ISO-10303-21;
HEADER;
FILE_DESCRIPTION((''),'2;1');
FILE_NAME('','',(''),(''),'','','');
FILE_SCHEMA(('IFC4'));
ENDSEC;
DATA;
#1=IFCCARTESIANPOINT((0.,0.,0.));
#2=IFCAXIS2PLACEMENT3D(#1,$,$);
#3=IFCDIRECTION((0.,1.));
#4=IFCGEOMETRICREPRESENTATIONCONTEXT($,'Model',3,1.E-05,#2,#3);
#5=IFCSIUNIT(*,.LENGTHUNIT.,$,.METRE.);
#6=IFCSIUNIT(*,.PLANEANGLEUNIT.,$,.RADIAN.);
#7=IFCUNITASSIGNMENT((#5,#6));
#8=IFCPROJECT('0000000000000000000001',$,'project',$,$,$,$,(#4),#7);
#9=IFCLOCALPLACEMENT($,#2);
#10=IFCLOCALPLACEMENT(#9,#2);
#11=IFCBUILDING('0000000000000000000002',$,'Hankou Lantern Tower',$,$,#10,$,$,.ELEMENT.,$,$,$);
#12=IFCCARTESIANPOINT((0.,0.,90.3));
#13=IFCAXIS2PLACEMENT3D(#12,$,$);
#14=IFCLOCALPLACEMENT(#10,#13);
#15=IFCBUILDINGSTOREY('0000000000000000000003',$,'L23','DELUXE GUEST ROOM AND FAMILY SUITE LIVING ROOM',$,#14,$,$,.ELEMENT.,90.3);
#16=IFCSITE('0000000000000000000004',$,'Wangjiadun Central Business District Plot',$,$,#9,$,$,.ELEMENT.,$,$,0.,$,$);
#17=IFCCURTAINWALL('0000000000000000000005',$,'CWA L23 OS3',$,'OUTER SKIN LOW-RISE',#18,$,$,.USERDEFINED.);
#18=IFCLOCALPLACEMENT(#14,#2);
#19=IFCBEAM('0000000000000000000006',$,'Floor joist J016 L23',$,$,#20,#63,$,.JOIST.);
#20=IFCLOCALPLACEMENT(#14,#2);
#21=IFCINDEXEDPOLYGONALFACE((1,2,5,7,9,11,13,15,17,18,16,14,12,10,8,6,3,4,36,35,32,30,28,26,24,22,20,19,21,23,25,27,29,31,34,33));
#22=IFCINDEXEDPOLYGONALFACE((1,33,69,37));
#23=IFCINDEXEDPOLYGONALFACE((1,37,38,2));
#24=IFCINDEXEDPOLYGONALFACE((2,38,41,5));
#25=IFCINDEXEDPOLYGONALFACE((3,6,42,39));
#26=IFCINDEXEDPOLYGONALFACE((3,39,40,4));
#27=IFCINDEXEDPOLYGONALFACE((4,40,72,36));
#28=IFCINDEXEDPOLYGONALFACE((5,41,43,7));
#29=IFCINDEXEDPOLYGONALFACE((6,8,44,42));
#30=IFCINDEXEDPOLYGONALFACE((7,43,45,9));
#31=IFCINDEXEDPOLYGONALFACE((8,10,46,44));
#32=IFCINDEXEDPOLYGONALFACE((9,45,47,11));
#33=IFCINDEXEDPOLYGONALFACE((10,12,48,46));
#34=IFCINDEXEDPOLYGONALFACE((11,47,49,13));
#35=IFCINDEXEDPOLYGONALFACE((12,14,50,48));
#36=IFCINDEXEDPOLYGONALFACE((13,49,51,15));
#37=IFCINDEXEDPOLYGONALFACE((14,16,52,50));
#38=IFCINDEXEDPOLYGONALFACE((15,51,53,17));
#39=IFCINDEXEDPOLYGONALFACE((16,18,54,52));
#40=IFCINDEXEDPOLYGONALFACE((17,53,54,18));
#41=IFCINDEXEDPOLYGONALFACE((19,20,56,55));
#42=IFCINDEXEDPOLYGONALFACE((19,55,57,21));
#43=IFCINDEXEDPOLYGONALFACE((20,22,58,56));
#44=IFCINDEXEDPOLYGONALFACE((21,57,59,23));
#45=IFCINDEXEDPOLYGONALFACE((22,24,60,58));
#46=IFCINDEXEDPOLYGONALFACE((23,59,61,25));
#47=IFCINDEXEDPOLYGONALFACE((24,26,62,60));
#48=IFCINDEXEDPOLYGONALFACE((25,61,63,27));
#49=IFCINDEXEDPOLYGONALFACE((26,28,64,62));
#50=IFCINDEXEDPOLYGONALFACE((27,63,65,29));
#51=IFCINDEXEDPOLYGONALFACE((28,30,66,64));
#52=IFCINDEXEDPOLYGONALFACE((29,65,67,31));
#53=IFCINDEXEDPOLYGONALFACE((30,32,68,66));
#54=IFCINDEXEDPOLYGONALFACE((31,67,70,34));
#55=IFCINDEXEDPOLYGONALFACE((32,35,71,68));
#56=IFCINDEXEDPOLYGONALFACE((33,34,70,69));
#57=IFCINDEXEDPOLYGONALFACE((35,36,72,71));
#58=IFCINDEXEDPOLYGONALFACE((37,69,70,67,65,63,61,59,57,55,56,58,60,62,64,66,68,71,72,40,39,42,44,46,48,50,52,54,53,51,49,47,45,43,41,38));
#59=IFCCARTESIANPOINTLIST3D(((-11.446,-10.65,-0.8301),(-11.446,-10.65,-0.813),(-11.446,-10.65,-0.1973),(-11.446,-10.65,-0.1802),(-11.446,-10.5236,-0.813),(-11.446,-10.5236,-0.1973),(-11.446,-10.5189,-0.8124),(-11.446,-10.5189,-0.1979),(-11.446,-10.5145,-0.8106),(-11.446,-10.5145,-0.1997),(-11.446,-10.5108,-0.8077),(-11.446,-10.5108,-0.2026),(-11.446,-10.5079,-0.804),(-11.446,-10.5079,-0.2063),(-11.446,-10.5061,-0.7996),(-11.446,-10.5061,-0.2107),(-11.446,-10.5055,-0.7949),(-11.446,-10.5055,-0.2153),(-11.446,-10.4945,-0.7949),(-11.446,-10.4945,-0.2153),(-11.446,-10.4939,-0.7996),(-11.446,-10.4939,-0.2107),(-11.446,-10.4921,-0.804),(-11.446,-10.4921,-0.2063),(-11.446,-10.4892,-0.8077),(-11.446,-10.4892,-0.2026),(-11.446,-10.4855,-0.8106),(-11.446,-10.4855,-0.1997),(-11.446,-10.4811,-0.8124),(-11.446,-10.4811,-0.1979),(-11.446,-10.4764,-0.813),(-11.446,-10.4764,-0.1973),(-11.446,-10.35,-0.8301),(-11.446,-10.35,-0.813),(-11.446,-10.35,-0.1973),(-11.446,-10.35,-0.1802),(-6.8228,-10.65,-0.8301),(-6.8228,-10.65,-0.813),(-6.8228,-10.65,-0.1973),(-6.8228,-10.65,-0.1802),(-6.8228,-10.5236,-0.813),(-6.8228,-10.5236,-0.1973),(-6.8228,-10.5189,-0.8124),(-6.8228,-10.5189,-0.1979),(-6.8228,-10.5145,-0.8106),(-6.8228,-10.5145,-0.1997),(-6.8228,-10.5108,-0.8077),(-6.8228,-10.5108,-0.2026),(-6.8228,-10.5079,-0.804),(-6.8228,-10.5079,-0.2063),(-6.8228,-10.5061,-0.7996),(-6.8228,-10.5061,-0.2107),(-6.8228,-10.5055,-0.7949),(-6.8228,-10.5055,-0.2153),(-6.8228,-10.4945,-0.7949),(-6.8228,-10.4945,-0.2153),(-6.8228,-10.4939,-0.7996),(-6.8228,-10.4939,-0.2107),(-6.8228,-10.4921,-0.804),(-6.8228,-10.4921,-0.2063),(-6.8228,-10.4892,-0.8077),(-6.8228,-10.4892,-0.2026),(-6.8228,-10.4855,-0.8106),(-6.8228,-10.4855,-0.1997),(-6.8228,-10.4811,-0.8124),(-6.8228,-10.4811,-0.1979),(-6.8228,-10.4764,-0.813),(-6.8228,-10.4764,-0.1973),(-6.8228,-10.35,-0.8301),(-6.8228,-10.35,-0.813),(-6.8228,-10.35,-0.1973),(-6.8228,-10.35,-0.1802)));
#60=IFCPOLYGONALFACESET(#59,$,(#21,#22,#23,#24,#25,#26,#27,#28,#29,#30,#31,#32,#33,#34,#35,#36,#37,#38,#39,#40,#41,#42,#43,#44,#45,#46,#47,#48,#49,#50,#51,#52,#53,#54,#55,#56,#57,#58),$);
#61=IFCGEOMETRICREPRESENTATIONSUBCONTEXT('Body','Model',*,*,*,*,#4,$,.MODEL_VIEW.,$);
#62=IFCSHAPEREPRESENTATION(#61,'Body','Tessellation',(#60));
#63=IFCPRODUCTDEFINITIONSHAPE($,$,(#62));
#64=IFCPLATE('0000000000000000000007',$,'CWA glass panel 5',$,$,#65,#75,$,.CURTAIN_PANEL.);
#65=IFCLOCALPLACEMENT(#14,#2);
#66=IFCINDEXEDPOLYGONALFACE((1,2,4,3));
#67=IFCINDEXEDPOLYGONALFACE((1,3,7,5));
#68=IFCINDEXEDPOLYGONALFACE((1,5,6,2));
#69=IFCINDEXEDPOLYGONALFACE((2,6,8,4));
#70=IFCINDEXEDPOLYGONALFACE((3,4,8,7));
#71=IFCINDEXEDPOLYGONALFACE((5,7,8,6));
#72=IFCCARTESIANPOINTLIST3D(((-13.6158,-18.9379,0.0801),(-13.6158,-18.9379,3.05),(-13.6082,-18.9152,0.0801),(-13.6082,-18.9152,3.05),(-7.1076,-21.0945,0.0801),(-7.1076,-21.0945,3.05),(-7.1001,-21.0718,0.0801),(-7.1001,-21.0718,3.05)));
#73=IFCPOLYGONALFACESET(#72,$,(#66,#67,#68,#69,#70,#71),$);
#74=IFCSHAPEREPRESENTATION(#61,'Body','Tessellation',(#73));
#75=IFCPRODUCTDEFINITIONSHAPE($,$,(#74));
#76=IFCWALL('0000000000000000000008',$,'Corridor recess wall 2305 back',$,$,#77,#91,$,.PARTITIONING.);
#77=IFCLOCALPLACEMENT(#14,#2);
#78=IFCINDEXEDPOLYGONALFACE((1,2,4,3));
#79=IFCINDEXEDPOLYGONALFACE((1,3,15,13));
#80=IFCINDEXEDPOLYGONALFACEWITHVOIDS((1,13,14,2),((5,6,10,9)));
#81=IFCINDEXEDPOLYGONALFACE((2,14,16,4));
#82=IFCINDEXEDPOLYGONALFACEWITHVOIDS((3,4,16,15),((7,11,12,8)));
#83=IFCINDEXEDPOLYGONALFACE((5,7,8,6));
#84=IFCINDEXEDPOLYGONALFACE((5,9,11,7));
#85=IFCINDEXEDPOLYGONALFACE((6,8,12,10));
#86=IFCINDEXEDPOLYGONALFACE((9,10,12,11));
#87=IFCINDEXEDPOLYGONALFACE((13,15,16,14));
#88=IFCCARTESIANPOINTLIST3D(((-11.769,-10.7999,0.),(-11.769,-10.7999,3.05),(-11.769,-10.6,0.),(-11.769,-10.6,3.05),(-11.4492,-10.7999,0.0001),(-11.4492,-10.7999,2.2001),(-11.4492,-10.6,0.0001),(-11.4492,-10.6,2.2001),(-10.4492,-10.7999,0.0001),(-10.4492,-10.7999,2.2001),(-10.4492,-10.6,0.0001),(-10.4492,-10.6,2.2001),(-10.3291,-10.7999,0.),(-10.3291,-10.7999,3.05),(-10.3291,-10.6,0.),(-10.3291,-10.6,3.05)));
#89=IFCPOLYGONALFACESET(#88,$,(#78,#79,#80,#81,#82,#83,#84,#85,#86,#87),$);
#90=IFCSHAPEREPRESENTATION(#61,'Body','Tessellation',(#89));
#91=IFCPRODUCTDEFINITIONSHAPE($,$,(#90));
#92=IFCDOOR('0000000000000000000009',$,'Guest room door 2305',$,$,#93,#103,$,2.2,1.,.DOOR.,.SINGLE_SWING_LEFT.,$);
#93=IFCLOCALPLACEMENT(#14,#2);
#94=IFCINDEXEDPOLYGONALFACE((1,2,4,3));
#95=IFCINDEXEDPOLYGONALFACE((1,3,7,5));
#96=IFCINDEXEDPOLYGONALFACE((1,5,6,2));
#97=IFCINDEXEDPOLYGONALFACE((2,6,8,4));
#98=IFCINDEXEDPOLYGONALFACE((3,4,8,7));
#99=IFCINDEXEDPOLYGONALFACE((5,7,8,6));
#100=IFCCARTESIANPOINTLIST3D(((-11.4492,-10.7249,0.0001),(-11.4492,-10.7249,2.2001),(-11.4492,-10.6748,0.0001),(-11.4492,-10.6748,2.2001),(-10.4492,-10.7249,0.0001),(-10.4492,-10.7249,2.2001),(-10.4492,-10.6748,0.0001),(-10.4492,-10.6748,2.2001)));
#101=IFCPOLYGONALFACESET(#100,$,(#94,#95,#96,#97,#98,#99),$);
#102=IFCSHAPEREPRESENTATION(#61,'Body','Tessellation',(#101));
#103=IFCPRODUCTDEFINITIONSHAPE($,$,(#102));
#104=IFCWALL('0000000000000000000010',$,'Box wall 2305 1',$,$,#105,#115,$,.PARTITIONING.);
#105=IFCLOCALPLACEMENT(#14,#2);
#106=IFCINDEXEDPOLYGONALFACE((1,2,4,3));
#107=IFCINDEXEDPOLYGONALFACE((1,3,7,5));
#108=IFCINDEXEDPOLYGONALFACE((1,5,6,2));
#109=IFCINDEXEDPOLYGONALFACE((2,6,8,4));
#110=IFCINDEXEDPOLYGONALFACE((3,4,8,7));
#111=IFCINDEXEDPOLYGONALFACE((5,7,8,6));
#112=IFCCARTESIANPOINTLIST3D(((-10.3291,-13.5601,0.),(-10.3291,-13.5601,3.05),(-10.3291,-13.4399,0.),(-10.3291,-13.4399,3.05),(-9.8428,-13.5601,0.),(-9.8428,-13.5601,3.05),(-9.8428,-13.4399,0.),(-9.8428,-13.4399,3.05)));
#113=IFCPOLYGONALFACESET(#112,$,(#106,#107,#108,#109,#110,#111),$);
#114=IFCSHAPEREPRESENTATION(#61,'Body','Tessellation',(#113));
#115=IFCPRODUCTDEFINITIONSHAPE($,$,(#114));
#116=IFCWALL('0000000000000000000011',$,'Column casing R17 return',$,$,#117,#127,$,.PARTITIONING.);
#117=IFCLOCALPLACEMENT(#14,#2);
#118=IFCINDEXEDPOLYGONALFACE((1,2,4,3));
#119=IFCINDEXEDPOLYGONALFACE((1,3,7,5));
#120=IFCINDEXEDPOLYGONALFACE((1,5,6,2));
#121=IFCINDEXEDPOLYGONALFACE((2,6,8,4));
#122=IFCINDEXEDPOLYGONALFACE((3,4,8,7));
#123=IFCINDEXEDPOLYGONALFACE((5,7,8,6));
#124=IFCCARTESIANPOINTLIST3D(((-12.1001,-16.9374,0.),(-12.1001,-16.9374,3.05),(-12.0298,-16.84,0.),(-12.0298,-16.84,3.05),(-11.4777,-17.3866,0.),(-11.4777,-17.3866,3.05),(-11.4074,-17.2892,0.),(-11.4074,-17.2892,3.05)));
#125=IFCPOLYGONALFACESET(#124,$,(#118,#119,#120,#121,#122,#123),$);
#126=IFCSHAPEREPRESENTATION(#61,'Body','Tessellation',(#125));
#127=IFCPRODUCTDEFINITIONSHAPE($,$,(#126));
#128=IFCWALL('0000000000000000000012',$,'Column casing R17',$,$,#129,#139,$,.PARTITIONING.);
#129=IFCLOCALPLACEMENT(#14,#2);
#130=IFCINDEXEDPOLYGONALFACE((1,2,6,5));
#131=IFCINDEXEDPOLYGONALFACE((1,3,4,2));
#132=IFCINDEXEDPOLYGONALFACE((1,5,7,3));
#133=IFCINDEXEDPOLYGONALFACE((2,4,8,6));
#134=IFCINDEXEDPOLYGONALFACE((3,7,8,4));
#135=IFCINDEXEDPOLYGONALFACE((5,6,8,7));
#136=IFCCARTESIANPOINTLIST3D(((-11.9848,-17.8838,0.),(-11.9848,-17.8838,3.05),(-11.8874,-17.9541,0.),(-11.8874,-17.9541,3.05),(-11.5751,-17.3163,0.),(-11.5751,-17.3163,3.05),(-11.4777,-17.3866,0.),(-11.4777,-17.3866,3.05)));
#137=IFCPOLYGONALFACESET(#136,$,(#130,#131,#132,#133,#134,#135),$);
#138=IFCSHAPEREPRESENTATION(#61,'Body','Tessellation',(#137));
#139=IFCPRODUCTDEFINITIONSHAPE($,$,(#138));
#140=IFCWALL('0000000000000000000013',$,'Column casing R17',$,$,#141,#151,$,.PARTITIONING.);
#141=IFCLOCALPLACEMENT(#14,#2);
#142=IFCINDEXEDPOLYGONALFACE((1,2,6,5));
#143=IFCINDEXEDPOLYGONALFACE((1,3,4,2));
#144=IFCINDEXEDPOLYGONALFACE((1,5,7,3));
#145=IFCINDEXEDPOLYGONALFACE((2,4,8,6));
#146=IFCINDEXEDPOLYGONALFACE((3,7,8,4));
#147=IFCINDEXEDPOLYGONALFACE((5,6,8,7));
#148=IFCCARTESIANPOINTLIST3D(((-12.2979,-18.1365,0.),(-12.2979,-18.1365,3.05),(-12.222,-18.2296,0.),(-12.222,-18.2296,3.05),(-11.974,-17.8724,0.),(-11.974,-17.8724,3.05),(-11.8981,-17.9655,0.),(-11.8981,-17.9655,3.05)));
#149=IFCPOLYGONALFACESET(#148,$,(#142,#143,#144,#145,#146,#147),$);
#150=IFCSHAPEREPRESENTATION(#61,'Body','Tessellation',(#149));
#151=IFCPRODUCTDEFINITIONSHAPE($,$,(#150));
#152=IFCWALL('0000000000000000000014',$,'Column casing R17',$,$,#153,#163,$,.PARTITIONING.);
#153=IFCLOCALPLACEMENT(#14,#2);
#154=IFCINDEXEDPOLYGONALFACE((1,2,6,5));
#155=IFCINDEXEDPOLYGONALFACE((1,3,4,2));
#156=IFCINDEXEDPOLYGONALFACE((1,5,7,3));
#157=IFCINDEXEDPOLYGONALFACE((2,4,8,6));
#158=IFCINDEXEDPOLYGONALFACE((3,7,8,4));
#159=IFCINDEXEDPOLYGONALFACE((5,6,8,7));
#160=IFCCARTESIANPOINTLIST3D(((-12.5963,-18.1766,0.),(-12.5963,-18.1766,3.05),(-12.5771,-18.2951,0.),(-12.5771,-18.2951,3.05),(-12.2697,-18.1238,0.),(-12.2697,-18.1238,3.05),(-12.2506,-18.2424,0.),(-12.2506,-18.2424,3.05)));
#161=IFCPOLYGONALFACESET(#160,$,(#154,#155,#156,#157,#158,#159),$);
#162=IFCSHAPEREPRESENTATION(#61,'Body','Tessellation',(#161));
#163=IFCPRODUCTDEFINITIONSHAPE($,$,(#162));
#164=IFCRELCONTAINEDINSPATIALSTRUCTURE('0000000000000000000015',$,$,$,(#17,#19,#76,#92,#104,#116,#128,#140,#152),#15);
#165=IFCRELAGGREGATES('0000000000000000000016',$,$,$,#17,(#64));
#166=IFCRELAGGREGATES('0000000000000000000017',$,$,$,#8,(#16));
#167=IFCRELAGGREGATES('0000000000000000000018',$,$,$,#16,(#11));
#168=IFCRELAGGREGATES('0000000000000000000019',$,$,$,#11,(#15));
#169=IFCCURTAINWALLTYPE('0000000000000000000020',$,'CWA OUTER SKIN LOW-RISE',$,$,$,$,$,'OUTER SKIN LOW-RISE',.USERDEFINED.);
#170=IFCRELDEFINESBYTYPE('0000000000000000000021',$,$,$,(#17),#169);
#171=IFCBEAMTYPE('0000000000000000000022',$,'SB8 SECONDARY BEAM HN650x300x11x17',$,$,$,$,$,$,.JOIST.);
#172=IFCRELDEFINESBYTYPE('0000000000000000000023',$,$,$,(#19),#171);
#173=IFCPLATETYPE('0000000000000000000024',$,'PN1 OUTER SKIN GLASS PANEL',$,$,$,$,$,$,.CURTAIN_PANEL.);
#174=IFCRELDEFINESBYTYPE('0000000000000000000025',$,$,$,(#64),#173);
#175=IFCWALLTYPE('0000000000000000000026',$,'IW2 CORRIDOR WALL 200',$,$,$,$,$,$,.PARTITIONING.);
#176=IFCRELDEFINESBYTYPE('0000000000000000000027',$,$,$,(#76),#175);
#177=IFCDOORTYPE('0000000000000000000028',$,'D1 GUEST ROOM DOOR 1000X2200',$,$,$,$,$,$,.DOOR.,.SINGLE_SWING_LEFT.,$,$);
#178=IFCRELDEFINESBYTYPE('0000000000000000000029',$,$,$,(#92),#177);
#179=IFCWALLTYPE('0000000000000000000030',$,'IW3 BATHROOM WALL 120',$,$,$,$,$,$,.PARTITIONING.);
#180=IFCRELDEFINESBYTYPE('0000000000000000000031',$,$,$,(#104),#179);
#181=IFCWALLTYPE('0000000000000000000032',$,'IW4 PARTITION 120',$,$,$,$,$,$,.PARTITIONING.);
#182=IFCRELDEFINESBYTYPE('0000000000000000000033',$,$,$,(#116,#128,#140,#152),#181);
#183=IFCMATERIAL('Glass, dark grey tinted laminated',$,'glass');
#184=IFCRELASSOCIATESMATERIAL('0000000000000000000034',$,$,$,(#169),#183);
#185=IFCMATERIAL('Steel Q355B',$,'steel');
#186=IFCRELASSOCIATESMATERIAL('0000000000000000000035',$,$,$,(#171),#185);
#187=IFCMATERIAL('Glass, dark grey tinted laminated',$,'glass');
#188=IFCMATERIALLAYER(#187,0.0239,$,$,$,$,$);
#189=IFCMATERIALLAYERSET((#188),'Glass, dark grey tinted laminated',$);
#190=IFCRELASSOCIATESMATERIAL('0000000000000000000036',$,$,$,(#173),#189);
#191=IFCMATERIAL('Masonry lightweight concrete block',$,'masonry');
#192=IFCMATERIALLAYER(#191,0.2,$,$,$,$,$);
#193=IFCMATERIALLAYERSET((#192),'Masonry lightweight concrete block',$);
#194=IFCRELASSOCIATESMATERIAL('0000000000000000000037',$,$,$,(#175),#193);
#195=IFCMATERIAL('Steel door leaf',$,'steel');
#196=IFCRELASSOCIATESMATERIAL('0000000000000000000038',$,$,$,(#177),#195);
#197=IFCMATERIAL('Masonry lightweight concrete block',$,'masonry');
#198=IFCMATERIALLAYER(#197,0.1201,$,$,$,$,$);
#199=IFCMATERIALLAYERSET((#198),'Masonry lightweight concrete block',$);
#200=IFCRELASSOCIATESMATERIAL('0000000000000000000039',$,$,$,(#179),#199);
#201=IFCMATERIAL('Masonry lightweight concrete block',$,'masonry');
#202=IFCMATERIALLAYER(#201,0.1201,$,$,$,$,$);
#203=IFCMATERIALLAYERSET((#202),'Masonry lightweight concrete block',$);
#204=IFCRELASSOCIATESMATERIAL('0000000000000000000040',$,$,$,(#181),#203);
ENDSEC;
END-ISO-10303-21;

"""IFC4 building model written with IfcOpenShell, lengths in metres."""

from ifc_helpers import new_model, si_unit, direction, frame, frame_2d, origin, origin_2d, place, context, subcontext, project, spatial, rectangle, i_section, extrude, material, layer, layer_set, material_profile, profile_set, type_object, element, fill, aggregate, save


model = new_model("IFC4")

# Units and contexts
model_context = context("Model", 3, precision=1e-05, world=origin(), true_north=direction((0.0, 1.0)))
body_context = subcontext(model_context, "Body", "Model", "MODEL_VIEW")
ifc_project = project(units=[si_unit("LENGTHUNIT", "METRE"), si_unit("PLANEANGLEUNIT", "RADIAN")], contexts=[model_context])

# Site, building, storey
site_placement = place(None, origin())
site = spatial("IfcSite", under=ifc_project, at=site_placement, Name="Wangjiadun Central Business District Plot", CompositionType="ELEMENT", RefElevation=0.0)
building_placement = place(site_placement, origin())
building = spatial("IfcBuilding", under=site, at=building_placement, Name="Hankou Lantern Tower", CompositionType="ELEMENT")
storey_placement = place(building_placement, frame((0.0, 0.0, 90.3)))
storey = spatial("IfcBuildingStorey", under=building, at=storey_placement, Name="L23", Description="DELUXE GUEST ROOM AND FAMILY SUITE LIVING ROOM", CompositionType="ELEMENT", Elevation=90.3)

# Curtain wall
ifc_material_1 = material(Name="Glass, dark grey tinted laminated", Category="glass")
curtain_wall_type = type_object("IfcCurtainWallType", Name="CWA OUTER SKIN LOW-RISE", ElementType="OUTER SKIN LOW-RISE", PredefinedType="USERDEFINED", material=ifc_material_1)
curtain_wall_placement = place(storey_placement, origin())
curtain_wall = element("IfcCurtainWall", 1, at=curtain_wall_placement, inside=storey, type_object=curtain_wall_type, Name="CWA L23 OS3", ObjectType="OUTER SKIN LOW-RISE", PredefinedType="USERDEFINED")

# Beam
ifc_material_2 = material(Name="Steel Q355B", Category="steel")
ifc_material_profile_1 = material_profile(ifc_material_2, i_section(OverallWidth=0.3, OverallDepth=0.6499, WebThickness=0.011, FlangeThickness=0.0171, FilletRadius=0.0181, at=origin_2d()), Name="HN650x300x11x17")
ifc_profile_set_1 = profile_set([ifc_material_profile_1], Name="Steel Q355B")
beam_type_1 = type_object("IfcBeamType", Name="SB8 SECONDARY BEAM HN650x300x11x17", PredefinedType="JOIST", material=ifc_profile_set_1)
beam_1_placement = place(storey_placement, frame((-11.446, -10.5, -0.5051), z_axis=(1.0, 0.0, 0.0), x_axis=(0.0, 1.0, 0.0)))
element("IfcBeam", 2, at=beam_1_placement, inside=storey, type_object=beam_type_1, Name="Floor joist J016 L23", PredefinedType="JOIST", context=body_context, shape_type="SweptSolid", body=[
    extrude(i_section(OverallWidth=0.3, OverallDepth=0.6499, WebThickness=0.011, FlangeThickness=0.0171, FilletRadius=0.0181, at=origin_2d()), origin(), (0.0, 0.0, 1.0), 4.6233),
])

# Plate
ifc_material_3 = material(Name="Glass, dark grey tinted laminated", Category="glass")
ifc_layer_1 = layer(ifc_material_3, 0.0239)
ifc_layer_set_1 = layer_set([ifc_layer_1], Name="Glass, dark grey tinted laminated")
plate_type = type_object("IfcPlateType", Name="PN1 OUTER SKIN GLASS PANEL", PredefinedType="CURTAIN_PANEL", material=ifc_layer_set_1)
plate_placement = place(storey_placement, frame((-10.3579, -20.0049, 0.0801), z_axis=(0.0, 0.0, 1.0), x_axis=(0.949241, -0.314551, 0.0)))
plate = element("IfcPlate", 3, at=plate_placement, type_object=plate_type, Name="CWA glass panel 5", PredefinedType="CURTAIN_PANEL", context=body_context, shape_type="SweptSolid", body=[
    extrude(rectangle(XDim=6.8562, YDim=0.0239, at=origin_2d()), origin(), (0.0, 0.0, 1.0), 2.97),
])
aggregate(curtain_wall, [plate])

# Wall, opening, door
ifc_material_4 = material(Name="Masonry lightweight concrete block", Category="masonry")
ifc_layer_2 = layer(ifc_material_4, 0.2)
ifc_layer_set_2 = layer_set([ifc_layer_2], Name="Masonry lightweight concrete block")
wall_type_1 = type_object("IfcWallType", Name="IW2 CORRIDOR WALL 200", PredefinedType="PARTITIONING", material=ifc_layer_set_2)
wall_1_placement = place(storey_placement, frame((-10.3291, -10.7, 0.0), z_axis=(0.0, 0.0, 1.0), x_axis=(-1.0, 0.0, 0.0)))
wall_1 = element("IfcWall", 4, at=wall_1_placement, inside=storey, type_object=wall_type_1, Name="Corridor recess wall 2305 back", PredefinedType="PARTITIONING", context=body_context, shape_type="SweptSolid", body=[
    extrude(rectangle(XDim=1.4399, YDim=0.2, at=frame_2d((0.72, 0.0))), origin(), (0.0, 0.0, 1.0), 3.05),
])
opening_1_placement = place(wall_1_placement, frame((0.1201, 0.0, 0.0)))
opening_1 = element("IfcOpeningElement", 5, at=opening_1_placement, cuts=wall_1, PredefinedType="OPENING", context=body_context, shape_type="SweptSolid", body=[
    extrude(rectangle(XDim=1.0, YDim=2.2, at=frame_2d((0.5, 1.1001))), frame((0.0, 0.1099, 0.0), z_axis=(0.0, -1.0, 0.0), x_axis=(1.0, 0.0, 0.0)), (0.0, 0.0, 1.0), 0.22),
])
ifc_material_5 = material(Name="Steel door leaf", Category="steel")
door_type_1 = type_object("IfcDoorType", Name="D1 GUEST ROOM DOOR 1000X2200", OperationType="SINGLE_SWING_LEFT", PredefinedType="DOOR", material=ifc_material_5)
door_1_placement = place(opening_1_placement, origin())
door_1 = element("IfcDoor", 6, at=door_1_placement, inside=storey, type_object=door_type_1, Name="Guest room door 2305", OperationType="SINGLE_SWING_LEFT", OverallHeight=2.2, OverallWidth=1.0, PredefinedType="DOOR", context=body_context, shape_type="SweptSolid", body=[
    extrude(rectangle(XDim=1.0, YDim=2.2, at=frame_2d((0.5, 1.1001))), frame((0.0, 0.0249, 0.0), z_axis=(0.0, -1.0, 0.0), x_axis=(1.0, 0.0, 0.0)), (0.0, 0.0, 1.0), 0.05),
])
fill(opening_1, door_1)

# Walls
ifc_material_6 = material(Name="Masonry lightweight concrete block", Category="masonry")
ifc_layer_3 = layer(ifc_material_6, 0.1201)
ifc_layer_set_3 = layer_set([ifc_layer_3], Name="Masonry lightweight concrete block")
wall_type_2 = type_object("IfcWallType", Name="IW3 BATHROOM WALL 120", PredefinedType="PARTITIONING", material=ifc_layer_set_3)
wall_2_placement = place(storey_placement, frame((-9.8428, -13.5, 0.0), z_axis=(0.0, 0.0, 1.0), x_axis=(-1.0, 0.0, 0.0)))
element("IfcWall", 7, at=wall_2_placement, inside=storey, type_object=wall_type_2, Name="Box wall 2305 1", PredefinedType="PARTITIONING", context=body_context, shape_type="SweptSolid", body=[
    extrude(rectangle(XDim=0.4863, YDim=0.1201, at=frame_2d((0.2432, 0.0))), origin(), (0.0, 0.0, 1.0), 3.05),
])
ifc_material_7 = material(Name="Masonry lightweight concrete block", Category="masonry")
ifc_layer_4 = layer(ifc_material_7, 0.1201)
ifc_layer_set_4 = layer_set([ifc_layer_4], Name="Masonry lightweight concrete block")
wall_type_3 = type_object("IfcWallType", Name="IW4 PARTITION 120", PredefinedType="PARTITIONING", material=ifc_layer_set_4)
wall_3_placement = place(storey_placement, frame((-12.0649, -16.8887, 0.0), z_axis=(0.0, 0.0, 1.0), x_axis=(0.810822, -0.585293, 0.0)))
element("IfcWall", 8, at=wall_3_placement, inside=storey, type_object=wall_type_3, Name="Column casing R17 return", PredefinedType="PARTITIONING", context=body_context, shape_type="SweptSolid", body=[
    extrude(rectangle(XDim=0.7676, YDim=0.1201, at=frame_2d((0.3838, 0.0))), origin(), (0.0, 0.0, 1.0), 3.05),
])
wall_4_placement = place(storey_placement, frame((-11.5264, -17.3513, 0.0), z_axis=(0.0, 0.0, 1.0), x_axis=(-0.585223, -0.810872, 0.0)))
element("IfcWall", 9, at=wall_4_placement, inside=storey, type_object=wall_type_3, Name="Column casing R17", PredefinedType="PARTITIONING", context=body_context, shape_type="SweptSolid", body=[
    extrude(rectangle(XDim=0.7, YDim=0.1201, at=frame_2d((0.3501, 0.0))), origin(), (0.0, 0.0, 1.0), 3.05),
])
wall_5_placement = place(storey_placement, frame((-11.936, -17.9189, 0.0), z_axis=(0.0, 0.0, 1.0), x_axis=(-0.775023, -0.631933, 0.0)))
element("IfcWall", 10, at=wall_5_placement, inside=storey, type_object=wall_type_3, Name="Column casing R17", PredefinedType="PARTITIONING", context=body_context, shape_type="SweptSolid", body=[
    extrude(rectangle(XDim=0.418, YDim=0.1201, at=frame_2d((0.209, 0.0))), origin(), (0.0, 0.0, 1.0), 3.05),
])
wall_6_placement = place(storey_placement, frame((-12.26, -18.1831, 0.0), z_axis=(0.0, 0.0, 1.0), x_axis=(-0.987219, -0.159372, 0.0)))
element("IfcWall", 11, at=wall_6_placement, inside=storey, type_object=wall_type_3, Name="Column casing R17", PredefinedType="PARTITIONING", context=body_context, shape_type="SweptSolid", body=[
    extrude(rectangle(XDim=0.3308, YDim=0.1201, at=frame_2d((0.1655, 0.0))), origin(), (0.0, 0.0, 1.0), 3.05),
])

save(model, "model.ifc")
